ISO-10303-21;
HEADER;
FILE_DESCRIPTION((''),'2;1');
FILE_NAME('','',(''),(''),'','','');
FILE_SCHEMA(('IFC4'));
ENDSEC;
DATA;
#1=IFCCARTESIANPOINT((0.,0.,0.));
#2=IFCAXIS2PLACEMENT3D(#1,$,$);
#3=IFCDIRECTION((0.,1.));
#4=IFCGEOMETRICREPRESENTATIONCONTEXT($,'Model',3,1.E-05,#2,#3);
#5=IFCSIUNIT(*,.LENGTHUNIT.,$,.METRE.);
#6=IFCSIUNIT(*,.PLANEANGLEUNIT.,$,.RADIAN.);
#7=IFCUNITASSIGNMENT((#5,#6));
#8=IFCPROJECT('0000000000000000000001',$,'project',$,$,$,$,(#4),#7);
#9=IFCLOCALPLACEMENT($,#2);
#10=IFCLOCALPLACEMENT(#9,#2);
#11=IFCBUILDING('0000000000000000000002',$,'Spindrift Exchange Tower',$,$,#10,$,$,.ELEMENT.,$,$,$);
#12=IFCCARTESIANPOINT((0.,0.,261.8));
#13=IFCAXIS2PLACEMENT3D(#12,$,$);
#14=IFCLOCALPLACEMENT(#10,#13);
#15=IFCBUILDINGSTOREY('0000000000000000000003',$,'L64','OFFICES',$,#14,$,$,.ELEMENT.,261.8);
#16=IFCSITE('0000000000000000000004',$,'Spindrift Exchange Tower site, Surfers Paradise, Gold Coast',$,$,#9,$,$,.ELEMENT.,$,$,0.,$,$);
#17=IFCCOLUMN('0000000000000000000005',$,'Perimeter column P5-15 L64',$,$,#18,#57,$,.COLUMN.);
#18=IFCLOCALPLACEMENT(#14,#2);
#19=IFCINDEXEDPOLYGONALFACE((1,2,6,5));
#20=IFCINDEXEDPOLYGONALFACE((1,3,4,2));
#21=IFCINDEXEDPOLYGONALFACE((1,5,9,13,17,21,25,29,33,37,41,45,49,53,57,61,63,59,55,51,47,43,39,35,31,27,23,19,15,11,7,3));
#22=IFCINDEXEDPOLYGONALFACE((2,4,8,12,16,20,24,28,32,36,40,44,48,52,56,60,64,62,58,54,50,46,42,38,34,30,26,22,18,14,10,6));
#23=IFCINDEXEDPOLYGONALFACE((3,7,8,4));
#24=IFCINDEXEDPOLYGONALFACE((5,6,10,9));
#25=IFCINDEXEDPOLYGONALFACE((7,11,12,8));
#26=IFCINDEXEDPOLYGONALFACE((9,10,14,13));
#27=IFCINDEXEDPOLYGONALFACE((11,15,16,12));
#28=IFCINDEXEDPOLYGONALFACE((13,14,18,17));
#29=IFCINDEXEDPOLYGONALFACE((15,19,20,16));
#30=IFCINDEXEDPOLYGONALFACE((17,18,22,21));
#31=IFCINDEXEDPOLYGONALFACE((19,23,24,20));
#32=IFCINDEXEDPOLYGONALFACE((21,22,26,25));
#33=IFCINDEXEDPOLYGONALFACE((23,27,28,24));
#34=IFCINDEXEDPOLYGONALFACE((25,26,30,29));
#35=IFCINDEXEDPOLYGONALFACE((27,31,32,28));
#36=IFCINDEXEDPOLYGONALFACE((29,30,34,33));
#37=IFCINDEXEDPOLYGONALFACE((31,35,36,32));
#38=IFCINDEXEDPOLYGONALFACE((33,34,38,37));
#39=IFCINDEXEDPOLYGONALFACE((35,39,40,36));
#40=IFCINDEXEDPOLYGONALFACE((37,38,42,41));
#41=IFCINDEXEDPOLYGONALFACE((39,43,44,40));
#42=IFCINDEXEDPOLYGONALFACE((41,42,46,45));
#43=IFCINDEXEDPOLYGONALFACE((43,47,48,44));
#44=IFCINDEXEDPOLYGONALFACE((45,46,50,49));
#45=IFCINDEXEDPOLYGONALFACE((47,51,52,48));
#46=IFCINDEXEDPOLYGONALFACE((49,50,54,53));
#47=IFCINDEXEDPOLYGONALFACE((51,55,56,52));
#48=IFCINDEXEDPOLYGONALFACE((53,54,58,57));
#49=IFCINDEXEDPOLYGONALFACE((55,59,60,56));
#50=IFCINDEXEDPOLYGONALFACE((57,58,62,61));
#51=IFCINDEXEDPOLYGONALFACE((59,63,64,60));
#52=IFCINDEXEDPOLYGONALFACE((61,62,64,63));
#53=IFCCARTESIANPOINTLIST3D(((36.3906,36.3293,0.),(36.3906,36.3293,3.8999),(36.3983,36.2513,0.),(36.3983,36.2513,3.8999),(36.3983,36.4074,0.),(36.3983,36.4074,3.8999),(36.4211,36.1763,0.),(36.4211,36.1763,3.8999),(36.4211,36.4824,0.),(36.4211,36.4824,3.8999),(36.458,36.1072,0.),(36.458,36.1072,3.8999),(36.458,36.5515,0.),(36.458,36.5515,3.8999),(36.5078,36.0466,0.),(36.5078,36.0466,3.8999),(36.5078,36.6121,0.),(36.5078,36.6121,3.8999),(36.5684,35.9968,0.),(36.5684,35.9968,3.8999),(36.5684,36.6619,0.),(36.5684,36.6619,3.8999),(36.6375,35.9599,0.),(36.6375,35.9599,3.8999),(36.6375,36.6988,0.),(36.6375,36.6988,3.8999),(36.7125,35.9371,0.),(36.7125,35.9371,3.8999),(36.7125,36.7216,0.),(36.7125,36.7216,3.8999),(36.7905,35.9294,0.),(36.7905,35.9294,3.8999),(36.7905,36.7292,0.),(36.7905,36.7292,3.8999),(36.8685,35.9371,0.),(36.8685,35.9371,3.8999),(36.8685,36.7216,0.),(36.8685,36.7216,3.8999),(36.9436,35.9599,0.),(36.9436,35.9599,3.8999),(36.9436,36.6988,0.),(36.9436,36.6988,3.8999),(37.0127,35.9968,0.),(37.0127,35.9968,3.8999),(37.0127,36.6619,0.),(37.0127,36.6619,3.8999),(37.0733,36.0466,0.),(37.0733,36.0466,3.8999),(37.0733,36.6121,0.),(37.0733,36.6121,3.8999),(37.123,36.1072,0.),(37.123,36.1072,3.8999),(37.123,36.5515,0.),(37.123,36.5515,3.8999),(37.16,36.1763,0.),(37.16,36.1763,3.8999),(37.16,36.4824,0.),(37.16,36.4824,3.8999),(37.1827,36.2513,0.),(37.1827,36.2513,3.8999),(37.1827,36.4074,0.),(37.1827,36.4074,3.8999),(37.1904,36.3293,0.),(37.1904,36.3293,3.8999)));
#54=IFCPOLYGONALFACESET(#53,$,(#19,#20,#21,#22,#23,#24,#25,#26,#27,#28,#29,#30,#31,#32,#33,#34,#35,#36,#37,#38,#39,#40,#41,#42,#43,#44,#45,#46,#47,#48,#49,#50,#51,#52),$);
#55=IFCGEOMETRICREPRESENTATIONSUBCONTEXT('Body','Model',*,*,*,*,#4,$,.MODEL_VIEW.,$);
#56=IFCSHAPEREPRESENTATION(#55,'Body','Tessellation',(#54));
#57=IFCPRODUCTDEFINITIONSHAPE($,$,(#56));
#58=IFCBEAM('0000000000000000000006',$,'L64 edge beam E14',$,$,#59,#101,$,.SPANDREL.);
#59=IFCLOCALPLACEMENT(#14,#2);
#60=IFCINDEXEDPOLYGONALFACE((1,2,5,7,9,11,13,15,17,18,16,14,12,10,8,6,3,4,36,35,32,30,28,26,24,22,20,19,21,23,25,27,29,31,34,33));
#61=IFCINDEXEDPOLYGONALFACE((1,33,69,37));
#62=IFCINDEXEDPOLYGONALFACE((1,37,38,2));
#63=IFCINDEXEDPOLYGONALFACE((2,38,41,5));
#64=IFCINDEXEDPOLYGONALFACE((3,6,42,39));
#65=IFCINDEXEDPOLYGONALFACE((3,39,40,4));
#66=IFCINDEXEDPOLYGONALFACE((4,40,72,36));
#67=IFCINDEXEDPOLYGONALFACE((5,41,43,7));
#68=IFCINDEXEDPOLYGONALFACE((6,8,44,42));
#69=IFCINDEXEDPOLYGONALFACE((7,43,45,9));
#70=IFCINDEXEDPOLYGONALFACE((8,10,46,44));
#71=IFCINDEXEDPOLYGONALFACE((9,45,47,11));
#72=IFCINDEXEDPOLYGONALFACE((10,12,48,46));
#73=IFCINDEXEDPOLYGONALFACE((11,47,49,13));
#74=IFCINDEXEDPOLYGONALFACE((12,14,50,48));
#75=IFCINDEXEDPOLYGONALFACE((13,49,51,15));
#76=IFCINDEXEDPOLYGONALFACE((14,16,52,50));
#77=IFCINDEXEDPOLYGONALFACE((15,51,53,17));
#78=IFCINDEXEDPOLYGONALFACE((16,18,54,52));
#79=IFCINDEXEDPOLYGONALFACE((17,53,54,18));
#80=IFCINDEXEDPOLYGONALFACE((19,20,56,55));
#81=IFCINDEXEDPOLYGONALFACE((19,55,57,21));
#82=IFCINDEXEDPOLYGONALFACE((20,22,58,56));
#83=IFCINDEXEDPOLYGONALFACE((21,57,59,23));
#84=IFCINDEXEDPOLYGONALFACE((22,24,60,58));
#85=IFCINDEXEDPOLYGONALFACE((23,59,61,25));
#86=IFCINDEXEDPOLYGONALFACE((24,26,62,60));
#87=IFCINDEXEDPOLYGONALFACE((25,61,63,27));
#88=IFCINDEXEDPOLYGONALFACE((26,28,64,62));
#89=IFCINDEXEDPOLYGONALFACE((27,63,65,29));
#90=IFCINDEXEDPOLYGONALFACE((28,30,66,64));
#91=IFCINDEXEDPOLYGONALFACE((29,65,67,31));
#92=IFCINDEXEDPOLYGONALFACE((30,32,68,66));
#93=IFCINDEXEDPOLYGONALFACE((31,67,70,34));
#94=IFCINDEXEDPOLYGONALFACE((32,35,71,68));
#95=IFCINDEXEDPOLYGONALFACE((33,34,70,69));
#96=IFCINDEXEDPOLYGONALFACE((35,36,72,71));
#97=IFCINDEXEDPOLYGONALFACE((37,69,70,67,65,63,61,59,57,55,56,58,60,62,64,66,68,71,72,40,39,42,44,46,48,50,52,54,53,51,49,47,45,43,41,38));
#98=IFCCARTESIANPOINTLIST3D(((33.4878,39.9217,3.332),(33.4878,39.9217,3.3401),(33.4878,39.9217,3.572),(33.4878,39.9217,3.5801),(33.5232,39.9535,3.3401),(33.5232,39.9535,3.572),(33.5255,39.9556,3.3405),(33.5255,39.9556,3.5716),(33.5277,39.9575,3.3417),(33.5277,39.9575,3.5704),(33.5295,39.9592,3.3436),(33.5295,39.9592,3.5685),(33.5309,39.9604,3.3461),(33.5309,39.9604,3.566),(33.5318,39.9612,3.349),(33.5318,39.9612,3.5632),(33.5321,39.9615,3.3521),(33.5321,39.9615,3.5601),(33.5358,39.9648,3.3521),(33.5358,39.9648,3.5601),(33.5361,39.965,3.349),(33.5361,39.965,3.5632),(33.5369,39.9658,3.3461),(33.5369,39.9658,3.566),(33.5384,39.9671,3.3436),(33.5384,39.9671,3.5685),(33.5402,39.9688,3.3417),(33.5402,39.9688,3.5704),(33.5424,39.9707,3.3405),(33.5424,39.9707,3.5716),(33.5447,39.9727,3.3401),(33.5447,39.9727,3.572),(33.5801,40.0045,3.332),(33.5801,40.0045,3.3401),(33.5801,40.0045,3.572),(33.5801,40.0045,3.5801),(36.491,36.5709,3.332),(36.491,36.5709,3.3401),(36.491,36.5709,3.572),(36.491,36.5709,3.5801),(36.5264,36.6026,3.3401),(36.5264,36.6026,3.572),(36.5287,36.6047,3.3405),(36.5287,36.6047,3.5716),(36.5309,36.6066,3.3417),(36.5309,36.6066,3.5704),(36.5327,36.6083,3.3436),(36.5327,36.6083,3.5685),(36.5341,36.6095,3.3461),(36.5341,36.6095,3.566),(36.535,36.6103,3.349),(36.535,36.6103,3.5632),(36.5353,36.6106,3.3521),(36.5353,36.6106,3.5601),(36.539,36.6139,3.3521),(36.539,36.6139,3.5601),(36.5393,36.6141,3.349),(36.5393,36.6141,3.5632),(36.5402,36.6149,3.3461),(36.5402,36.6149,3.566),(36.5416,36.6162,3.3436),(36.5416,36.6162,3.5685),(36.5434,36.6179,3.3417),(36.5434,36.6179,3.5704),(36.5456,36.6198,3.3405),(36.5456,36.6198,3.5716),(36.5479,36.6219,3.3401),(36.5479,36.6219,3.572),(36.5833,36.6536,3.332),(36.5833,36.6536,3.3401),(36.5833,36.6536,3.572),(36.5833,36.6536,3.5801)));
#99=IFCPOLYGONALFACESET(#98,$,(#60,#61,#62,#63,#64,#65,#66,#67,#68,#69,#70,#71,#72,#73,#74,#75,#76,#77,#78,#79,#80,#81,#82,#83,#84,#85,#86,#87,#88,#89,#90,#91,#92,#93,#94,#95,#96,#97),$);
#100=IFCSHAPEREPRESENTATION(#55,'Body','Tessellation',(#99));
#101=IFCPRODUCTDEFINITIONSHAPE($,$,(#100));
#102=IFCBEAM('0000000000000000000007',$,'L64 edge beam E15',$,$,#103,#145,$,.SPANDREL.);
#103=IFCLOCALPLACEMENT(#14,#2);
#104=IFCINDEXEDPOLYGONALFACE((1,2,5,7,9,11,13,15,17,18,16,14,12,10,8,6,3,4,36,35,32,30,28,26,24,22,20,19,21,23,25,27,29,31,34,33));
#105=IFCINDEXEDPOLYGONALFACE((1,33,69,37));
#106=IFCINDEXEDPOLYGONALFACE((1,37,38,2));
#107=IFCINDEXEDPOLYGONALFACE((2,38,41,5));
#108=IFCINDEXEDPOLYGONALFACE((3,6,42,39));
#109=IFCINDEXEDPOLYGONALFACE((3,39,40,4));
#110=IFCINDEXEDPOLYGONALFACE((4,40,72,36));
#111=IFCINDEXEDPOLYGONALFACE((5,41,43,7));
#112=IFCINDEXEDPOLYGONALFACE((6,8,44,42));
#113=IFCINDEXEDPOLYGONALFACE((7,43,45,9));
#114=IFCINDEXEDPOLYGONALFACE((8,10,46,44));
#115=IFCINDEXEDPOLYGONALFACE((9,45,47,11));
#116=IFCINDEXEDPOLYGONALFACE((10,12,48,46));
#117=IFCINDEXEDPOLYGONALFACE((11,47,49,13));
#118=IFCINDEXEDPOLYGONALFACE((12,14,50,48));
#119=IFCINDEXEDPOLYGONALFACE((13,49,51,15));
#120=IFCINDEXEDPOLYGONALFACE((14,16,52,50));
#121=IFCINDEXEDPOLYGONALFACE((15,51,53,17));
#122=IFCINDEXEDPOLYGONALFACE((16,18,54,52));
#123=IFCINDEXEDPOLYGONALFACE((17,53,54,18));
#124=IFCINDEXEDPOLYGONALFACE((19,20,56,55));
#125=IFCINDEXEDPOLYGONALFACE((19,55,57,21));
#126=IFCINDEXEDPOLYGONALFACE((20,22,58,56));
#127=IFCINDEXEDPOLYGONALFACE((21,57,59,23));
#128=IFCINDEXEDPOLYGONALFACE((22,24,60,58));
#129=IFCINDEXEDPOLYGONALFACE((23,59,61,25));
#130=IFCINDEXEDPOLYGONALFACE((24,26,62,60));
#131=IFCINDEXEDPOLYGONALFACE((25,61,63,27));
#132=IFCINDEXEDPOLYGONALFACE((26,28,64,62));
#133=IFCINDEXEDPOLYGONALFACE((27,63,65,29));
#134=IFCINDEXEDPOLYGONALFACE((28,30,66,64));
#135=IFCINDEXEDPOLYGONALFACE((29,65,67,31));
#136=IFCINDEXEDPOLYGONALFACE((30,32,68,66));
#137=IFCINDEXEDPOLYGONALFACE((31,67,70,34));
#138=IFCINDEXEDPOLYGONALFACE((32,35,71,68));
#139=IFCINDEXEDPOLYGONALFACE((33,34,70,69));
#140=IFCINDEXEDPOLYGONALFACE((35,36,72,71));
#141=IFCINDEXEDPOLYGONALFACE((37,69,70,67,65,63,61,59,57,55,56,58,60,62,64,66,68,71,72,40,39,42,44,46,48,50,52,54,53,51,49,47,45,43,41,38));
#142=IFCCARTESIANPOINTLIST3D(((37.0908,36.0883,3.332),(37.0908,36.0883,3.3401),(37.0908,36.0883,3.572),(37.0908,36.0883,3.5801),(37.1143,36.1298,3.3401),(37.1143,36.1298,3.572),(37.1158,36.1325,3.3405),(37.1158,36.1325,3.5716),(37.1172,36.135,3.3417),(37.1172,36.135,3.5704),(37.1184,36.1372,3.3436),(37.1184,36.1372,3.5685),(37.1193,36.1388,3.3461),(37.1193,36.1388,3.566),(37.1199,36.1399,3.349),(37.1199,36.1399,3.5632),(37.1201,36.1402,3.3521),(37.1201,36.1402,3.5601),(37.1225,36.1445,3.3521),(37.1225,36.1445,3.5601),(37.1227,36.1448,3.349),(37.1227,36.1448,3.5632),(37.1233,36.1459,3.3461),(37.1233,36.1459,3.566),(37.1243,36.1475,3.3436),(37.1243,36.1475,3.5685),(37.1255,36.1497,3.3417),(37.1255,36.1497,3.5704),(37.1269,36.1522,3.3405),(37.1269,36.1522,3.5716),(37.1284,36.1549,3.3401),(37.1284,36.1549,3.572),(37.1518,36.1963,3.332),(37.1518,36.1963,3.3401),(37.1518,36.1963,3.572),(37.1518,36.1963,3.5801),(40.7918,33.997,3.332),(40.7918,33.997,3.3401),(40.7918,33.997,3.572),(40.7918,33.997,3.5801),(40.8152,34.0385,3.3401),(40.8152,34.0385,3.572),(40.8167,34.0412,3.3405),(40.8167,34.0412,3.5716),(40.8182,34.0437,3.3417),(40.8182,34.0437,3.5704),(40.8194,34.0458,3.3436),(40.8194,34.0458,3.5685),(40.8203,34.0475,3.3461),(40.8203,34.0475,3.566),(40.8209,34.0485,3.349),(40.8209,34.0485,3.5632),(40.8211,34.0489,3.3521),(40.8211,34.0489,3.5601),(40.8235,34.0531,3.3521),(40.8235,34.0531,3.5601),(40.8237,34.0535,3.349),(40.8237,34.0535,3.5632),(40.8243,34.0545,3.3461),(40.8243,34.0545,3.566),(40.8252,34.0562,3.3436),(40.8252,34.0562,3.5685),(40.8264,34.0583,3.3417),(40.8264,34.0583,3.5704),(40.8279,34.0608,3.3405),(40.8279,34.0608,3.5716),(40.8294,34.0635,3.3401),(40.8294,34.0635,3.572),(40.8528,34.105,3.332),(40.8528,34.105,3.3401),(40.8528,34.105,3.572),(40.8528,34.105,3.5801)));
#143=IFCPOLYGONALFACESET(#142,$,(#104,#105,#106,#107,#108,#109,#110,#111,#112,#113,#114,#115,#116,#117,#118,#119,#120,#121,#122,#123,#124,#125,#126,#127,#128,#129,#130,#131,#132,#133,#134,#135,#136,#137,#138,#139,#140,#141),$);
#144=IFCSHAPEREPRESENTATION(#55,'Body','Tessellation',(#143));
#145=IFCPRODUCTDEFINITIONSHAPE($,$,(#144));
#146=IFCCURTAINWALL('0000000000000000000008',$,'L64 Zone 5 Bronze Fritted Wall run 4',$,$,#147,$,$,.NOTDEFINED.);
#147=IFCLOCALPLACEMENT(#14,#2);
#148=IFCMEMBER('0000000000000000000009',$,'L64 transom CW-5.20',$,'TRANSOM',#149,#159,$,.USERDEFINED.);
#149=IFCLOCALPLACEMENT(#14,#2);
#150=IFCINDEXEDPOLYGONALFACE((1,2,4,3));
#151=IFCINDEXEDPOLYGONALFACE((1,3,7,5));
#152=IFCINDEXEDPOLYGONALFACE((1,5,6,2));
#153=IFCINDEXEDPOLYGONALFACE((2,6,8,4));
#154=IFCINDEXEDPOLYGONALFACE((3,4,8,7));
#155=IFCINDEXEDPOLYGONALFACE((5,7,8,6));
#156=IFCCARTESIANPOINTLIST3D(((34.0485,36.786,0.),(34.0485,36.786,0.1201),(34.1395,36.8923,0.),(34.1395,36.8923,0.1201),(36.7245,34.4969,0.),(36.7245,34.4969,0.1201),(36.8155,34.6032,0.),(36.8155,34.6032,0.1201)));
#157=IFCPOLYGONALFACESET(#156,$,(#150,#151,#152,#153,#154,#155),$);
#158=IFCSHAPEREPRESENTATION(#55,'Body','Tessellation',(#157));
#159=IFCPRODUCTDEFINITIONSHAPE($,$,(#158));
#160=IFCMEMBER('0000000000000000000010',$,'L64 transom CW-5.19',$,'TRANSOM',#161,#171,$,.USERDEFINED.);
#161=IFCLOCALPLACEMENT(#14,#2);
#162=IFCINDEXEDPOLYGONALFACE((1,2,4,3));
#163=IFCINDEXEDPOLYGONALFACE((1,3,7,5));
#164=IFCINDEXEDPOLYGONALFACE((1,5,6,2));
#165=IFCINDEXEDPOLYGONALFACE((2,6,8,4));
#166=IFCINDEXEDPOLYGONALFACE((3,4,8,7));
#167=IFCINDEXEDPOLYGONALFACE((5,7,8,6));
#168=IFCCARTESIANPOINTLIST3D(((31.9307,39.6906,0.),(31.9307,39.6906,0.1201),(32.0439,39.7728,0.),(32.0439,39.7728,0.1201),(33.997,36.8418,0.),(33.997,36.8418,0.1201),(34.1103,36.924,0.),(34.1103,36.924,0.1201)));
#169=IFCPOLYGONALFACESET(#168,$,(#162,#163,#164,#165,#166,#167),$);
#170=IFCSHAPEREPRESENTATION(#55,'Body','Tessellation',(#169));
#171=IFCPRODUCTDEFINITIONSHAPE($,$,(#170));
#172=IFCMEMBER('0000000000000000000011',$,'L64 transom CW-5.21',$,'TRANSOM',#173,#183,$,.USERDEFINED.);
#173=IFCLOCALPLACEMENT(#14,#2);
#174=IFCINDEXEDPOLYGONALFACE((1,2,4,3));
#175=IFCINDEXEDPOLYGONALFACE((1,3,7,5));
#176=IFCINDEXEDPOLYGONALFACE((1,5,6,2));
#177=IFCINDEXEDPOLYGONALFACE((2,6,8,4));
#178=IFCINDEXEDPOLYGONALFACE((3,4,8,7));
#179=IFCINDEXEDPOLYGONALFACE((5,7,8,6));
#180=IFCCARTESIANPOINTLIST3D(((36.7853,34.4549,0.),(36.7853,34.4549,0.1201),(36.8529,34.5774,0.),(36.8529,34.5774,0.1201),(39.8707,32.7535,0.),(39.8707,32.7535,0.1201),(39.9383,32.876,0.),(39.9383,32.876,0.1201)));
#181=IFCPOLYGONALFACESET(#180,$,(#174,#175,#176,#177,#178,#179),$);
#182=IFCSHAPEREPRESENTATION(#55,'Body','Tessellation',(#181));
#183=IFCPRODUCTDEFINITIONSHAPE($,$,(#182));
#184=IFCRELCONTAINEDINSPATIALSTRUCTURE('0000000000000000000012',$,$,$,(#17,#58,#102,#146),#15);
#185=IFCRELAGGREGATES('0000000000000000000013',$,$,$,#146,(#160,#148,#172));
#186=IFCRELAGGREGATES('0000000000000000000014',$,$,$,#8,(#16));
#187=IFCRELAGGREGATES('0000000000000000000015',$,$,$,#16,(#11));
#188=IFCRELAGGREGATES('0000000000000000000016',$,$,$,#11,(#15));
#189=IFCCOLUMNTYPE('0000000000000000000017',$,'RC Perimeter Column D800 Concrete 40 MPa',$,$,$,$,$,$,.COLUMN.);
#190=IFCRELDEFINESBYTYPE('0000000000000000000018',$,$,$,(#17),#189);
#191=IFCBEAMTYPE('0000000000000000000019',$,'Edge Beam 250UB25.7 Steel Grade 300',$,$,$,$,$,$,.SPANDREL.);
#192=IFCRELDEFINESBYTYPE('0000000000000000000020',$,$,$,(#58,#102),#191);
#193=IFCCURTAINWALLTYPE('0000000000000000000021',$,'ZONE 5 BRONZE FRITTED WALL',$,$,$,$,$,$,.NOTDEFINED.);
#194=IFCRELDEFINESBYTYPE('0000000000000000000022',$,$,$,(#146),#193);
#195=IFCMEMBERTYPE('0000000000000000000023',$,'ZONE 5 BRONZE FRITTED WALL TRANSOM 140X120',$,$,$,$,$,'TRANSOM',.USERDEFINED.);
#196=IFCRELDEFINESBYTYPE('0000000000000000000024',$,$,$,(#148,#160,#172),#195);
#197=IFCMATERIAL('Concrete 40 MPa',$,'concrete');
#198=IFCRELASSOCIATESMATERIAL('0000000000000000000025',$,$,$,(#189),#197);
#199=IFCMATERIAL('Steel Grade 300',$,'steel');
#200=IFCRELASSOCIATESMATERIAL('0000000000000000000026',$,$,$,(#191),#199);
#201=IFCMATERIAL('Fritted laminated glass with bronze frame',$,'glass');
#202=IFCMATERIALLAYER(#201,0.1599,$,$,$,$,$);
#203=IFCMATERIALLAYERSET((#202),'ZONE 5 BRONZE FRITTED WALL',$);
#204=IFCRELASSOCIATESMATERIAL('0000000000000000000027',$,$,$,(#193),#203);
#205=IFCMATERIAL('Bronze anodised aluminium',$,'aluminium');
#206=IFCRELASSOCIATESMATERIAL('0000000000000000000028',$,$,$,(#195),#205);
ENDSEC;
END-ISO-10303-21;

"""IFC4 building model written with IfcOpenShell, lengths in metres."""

from ifc_helpers import new_model, si_unit, direction, frame, origin, origin_2d, place, context, subcontext, project, spatial, rectangle, circle, i_section, extrude, source, transform, mapped, material, layer, layer_set, material_profile, profile_set, type_object, element, aggregate, save


model = new_model("IFC4")

# Units and contexts
model_context = context("Model", 3, precision=1e-05, world=origin(), true_north=direction((0.0, 1.0)))
body_context = subcontext(model_context, "Body", "Model", "MODEL_VIEW")
ifc_project = project(units=[si_unit("LENGTHUNIT", "METRE"), si_unit("PLANEANGLEUNIT", "RADIAN")], contexts=[model_context])

# Site, building, storey
site_placement = place(None, origin())
site = spatial("IfcSite", under=ifc_project, at=site_placement, Name="Spindrift Exchange Tower site, Surfers Paradise, Gold Coast", CompositionType="ELEMENT", RefElevation=0.0)
building_placement = place(site_placement, origin())
building = spatial("IfcBuilding", under=site, at=building_placement, Name="Spindrift Exchange Tower", CompositionType="ELEMENT")
storey_placement = place(building_placement, frame((0.0, 0.0, 261.8)))
storey = spatial("IfcBuildingStorey", under=building, at=storey_placement, Name="L64", Description="OFFICES", CompositionType="ELEMENT", Elevation=261.8)

# Column
ifc_material_1 = material(Name="Concrete 40 MPa", Category="concrete")
ifc_material_profile_1 = material_profile(ifc_material_1, circle(Radius=0.3999, at=origin_2d()), Name="RC D800")
ifc_profile_set_1 = profile_set([ifc_material_profile_1], Name="Concrete 40 MPa")
column_type = type_object("IfcColumnType", Name="RC Perimeter Column D800 Concrete 40 MPa", PredefinedType="COLUMN", material=ifc_profile_set_1)
shared_shape_1 = source(origin(), body_context, "Body", "SweptSolid", [
    extrude(circle(Radius=0.3999, at=origin_2d()), origin(), (0.0, 0.0, 1.0), 3.8999),
])
column_placement = place(storey_placement, frame((36.7905, 36.3293, 0.0), z_axis=(0.0, 0.0, 1.0), x_axis=(1.0, 0.0, 0.0)))
element("IfcColumn", 1, at=column_placement, inside=storey, type_object=column_type, Name="Perimeter column P5-15 L64", PredefinedType="COLUMN", context=body_context, shape_type="MappedRepresentation", body=[
    mapped(shared_shape_1, transform((0.0, 0.0, 0.0), scale=1.0)),
])

# Beams
ifc_material_2 = material(Name="Steel Grade 300", Category="steel")
ifc_material_profile_2 = material_profile(ifc_material_2, i_section(OverallWidth=0.124, OverallDepth=0.248, WebThickness=0.0049, FlangeThickness=0.0081, FilletRadius=0.012, at=origin_2d()), Name="250UB25.7")
ifc_profile_set_2 = profile_set([ifc_material_profile_2], Name="Steel Grade 300")
beam_type = type_object("IfcBeamType", Name="Edge Beam 250UB25.7 Steel Grade 300", PredefinedType="SPANDREL", material=ifc_profile_set_2)
shared_shape_2 = source(origin(), body_context, "Body", "SweptSolid", [
    extrude(i_section(OverallWidth=0.124, OverallDepth=0.248, WebThickness=0.0049, FlangeThickness=0.0081, FilletRadius=0.012, at=origin_2d()), origin(), (0.0, 0.0, 1.0), 4.4998),
])
beam_1_placement = place(storey_placement, frame((33.5339, 39.9631, 3.4561), z_axis=(0.66742, -0.744682, 0.0), x_axis=(0.744682, 0.66742, 0.0)))
element("IfcBeam", 2, at=beam_1_placement, inside=storey, type_object=beam_type, Name="L64 edge beam E14", PredefinedType="SPANDREL", context=body_context, shape_type="MappedRepresentation", body=[
    mapped(shared_shape_2, transform((0.0, 0.0, 0.0), scale=1.0)),
])
shared_shape_3 = source(origin(), body_context, "Body", "SweptSolid", [
    extrude(i_section(OverallWidth=0.124, OverallDepth=0.248, WebThickness=0.0049, FlangeThickness=0.0081, FilletRadius=0.012, at=origin_2d()), origin(), (0.0, 0.0, 1.0), 4.251),
])
beam_2_placement = place(storey_placement, frame((37.1213, 36.1423, 3.4561), z_axis=(0.870615, -0.491965, 0.0), x_axis=(0.491965, 0.870615, 0.0)))
element("IfcBeam", 3, at=beam_2_placement, inside=storey, type_object=beam_type, Name="L64 edge beam E15", PredefinedType="SPANDREL", context=body_context, shape_type="MappedRepresentation", body=[
    mapped(shared_shape_3, transform((0.0, 0.0, 0.0), scale=1.0)),
])

# Curtain wall, members
ifc_material_3 = material(Name="Fritted laminated glass with bronze frame", Category="glass")
ifc_layer_1 = layer(ifc_material_3, 0.1599)
ifc_layer_set_1 = layer_set([ifc_layer_1], Name="ZONE 5 BRONZE FRITTED WALL")
curtain_wall_type = type_object("IfcCurtainWallType", Name="ZONE 5 BRONZE FRITTED WALL", PredefinedType="NOTDEFINED", material=ifc_layer_set_1)
curtain_wall_placement = place(storey_placement, origin())
curtain_wall = element("IfcCurtainWall", 4, at=curtain_wall_placement, inside=storey, type_object=curtain_wall_type, Name="L64 Zone 5 Bronze Fritted Wall run 4", PredefinedType="NOTDEFINED")
ifc_material_4 = material(Name="Bronze anodised aluminium", Category="aluminium")
ifc_material_profile_3 = material_profile(ifc_material_4, rectangle(XDim=0.1399, YDim=0.1201, at=origin_2d()), Name="ZONE 5 BRONZE FRITTED WALL TRANSOM 140X120")
ifc_profile_set_3 = profile_set([ifc_material_profile_3], Name="Bronze anodised aluminium")
member_type_1 = type_object("IfcMemberType", Name="ZONE 5 BRONZE FRITTED WALL TRANSOM 140X120", ElementType="TRANSOM", PredefinedType="USERDEFINED", material=ifc_profile_set_3)
shared_shape_4 = source(origin(), body_context, "Body", "SweptSolid", [
    extrude(rectangle(XDim=0.1399, YDim=0.1201, at=origin_2d()), origin(), (0.0, 0.0, 1.0), 3.5215),
])
member_1_placement = place(storey_placement, frame((34.094, 36.8391, 0.0601), z_axis=(0.759912, -0.650026, 0.0), x_axis=(0.650026, 0.759912, 0.0)))
member_1 = element("IfcMember", 5, at=member_1_placement, type_object=member_type_1, Name="L64 transom CW-5.20", ObjectType="TRANSOM", PredefinedType="USERDEFINED", context=body_context, shape_type="MappedRepresentation", body=[
    mapped(shared_shape_4, transform((0.0, 0.0, 0.0), scale=1.0)),
])
shared_shape_5 = source(origin(), body_context, "Body", "SweptSolid", [
    extrude(rectangle(XDim=0.1399, YDim=0.1201, at=origin_2d()), origin(), (0.0, 0.0, 1.0), 3.5193),
])
member_2_placement = place(storey_placement, frame((31.9873, 39.7317, 0.0601), z_axis=(0.587148, -0.809479, 0.0), x_axis=(0.809479, 0.587148, 0.0)))
member_2 = element("IfcMember", 6, at=member_2_placement, type_object=member_type_1, Name="L64 transom CW-5.19", ObjectType="TRANSOM", PredefinedType="USERDEFINED", context=body_context, shape_type="MappedRepresentation", body=[
    mapped(shared_shape_5, transform((0.0, 0.0, 0.0), scale=1.0)),
])
shared_shape_6 = source(origin(), body_context, "Body", "SweptSolid", [
    extrude(rectangle(XDim=0.1399, YDim=0.1201, at=origin_2d()), origin(), (0.0, 0.0, 1.0), 3.5234),
])
member_3_placement = place(storey_placement, frame((36.8191, 34.5161, 0.0601), z_axis=(0.875686, -0.482881, 0.0), x_axis=(0.482881, 0.875686, 0.0)))
member_3 = element("IfcMember", 7, at=member_3_placement, type_object=member_type_1, Name="L64 transom CW-5.21", ObjectType="TRANSOM", PredefinedType="USERDEFINED", context=body_context, shape_type="MappedRepresentation", body=[
    mapped(shared_shape_6, transform((0.0, 0.0, 0.0), scale=1.0)),
])

aggregate(curtain_wall, [member_2, member_1, member_3])

save(model, "model.ifc")
